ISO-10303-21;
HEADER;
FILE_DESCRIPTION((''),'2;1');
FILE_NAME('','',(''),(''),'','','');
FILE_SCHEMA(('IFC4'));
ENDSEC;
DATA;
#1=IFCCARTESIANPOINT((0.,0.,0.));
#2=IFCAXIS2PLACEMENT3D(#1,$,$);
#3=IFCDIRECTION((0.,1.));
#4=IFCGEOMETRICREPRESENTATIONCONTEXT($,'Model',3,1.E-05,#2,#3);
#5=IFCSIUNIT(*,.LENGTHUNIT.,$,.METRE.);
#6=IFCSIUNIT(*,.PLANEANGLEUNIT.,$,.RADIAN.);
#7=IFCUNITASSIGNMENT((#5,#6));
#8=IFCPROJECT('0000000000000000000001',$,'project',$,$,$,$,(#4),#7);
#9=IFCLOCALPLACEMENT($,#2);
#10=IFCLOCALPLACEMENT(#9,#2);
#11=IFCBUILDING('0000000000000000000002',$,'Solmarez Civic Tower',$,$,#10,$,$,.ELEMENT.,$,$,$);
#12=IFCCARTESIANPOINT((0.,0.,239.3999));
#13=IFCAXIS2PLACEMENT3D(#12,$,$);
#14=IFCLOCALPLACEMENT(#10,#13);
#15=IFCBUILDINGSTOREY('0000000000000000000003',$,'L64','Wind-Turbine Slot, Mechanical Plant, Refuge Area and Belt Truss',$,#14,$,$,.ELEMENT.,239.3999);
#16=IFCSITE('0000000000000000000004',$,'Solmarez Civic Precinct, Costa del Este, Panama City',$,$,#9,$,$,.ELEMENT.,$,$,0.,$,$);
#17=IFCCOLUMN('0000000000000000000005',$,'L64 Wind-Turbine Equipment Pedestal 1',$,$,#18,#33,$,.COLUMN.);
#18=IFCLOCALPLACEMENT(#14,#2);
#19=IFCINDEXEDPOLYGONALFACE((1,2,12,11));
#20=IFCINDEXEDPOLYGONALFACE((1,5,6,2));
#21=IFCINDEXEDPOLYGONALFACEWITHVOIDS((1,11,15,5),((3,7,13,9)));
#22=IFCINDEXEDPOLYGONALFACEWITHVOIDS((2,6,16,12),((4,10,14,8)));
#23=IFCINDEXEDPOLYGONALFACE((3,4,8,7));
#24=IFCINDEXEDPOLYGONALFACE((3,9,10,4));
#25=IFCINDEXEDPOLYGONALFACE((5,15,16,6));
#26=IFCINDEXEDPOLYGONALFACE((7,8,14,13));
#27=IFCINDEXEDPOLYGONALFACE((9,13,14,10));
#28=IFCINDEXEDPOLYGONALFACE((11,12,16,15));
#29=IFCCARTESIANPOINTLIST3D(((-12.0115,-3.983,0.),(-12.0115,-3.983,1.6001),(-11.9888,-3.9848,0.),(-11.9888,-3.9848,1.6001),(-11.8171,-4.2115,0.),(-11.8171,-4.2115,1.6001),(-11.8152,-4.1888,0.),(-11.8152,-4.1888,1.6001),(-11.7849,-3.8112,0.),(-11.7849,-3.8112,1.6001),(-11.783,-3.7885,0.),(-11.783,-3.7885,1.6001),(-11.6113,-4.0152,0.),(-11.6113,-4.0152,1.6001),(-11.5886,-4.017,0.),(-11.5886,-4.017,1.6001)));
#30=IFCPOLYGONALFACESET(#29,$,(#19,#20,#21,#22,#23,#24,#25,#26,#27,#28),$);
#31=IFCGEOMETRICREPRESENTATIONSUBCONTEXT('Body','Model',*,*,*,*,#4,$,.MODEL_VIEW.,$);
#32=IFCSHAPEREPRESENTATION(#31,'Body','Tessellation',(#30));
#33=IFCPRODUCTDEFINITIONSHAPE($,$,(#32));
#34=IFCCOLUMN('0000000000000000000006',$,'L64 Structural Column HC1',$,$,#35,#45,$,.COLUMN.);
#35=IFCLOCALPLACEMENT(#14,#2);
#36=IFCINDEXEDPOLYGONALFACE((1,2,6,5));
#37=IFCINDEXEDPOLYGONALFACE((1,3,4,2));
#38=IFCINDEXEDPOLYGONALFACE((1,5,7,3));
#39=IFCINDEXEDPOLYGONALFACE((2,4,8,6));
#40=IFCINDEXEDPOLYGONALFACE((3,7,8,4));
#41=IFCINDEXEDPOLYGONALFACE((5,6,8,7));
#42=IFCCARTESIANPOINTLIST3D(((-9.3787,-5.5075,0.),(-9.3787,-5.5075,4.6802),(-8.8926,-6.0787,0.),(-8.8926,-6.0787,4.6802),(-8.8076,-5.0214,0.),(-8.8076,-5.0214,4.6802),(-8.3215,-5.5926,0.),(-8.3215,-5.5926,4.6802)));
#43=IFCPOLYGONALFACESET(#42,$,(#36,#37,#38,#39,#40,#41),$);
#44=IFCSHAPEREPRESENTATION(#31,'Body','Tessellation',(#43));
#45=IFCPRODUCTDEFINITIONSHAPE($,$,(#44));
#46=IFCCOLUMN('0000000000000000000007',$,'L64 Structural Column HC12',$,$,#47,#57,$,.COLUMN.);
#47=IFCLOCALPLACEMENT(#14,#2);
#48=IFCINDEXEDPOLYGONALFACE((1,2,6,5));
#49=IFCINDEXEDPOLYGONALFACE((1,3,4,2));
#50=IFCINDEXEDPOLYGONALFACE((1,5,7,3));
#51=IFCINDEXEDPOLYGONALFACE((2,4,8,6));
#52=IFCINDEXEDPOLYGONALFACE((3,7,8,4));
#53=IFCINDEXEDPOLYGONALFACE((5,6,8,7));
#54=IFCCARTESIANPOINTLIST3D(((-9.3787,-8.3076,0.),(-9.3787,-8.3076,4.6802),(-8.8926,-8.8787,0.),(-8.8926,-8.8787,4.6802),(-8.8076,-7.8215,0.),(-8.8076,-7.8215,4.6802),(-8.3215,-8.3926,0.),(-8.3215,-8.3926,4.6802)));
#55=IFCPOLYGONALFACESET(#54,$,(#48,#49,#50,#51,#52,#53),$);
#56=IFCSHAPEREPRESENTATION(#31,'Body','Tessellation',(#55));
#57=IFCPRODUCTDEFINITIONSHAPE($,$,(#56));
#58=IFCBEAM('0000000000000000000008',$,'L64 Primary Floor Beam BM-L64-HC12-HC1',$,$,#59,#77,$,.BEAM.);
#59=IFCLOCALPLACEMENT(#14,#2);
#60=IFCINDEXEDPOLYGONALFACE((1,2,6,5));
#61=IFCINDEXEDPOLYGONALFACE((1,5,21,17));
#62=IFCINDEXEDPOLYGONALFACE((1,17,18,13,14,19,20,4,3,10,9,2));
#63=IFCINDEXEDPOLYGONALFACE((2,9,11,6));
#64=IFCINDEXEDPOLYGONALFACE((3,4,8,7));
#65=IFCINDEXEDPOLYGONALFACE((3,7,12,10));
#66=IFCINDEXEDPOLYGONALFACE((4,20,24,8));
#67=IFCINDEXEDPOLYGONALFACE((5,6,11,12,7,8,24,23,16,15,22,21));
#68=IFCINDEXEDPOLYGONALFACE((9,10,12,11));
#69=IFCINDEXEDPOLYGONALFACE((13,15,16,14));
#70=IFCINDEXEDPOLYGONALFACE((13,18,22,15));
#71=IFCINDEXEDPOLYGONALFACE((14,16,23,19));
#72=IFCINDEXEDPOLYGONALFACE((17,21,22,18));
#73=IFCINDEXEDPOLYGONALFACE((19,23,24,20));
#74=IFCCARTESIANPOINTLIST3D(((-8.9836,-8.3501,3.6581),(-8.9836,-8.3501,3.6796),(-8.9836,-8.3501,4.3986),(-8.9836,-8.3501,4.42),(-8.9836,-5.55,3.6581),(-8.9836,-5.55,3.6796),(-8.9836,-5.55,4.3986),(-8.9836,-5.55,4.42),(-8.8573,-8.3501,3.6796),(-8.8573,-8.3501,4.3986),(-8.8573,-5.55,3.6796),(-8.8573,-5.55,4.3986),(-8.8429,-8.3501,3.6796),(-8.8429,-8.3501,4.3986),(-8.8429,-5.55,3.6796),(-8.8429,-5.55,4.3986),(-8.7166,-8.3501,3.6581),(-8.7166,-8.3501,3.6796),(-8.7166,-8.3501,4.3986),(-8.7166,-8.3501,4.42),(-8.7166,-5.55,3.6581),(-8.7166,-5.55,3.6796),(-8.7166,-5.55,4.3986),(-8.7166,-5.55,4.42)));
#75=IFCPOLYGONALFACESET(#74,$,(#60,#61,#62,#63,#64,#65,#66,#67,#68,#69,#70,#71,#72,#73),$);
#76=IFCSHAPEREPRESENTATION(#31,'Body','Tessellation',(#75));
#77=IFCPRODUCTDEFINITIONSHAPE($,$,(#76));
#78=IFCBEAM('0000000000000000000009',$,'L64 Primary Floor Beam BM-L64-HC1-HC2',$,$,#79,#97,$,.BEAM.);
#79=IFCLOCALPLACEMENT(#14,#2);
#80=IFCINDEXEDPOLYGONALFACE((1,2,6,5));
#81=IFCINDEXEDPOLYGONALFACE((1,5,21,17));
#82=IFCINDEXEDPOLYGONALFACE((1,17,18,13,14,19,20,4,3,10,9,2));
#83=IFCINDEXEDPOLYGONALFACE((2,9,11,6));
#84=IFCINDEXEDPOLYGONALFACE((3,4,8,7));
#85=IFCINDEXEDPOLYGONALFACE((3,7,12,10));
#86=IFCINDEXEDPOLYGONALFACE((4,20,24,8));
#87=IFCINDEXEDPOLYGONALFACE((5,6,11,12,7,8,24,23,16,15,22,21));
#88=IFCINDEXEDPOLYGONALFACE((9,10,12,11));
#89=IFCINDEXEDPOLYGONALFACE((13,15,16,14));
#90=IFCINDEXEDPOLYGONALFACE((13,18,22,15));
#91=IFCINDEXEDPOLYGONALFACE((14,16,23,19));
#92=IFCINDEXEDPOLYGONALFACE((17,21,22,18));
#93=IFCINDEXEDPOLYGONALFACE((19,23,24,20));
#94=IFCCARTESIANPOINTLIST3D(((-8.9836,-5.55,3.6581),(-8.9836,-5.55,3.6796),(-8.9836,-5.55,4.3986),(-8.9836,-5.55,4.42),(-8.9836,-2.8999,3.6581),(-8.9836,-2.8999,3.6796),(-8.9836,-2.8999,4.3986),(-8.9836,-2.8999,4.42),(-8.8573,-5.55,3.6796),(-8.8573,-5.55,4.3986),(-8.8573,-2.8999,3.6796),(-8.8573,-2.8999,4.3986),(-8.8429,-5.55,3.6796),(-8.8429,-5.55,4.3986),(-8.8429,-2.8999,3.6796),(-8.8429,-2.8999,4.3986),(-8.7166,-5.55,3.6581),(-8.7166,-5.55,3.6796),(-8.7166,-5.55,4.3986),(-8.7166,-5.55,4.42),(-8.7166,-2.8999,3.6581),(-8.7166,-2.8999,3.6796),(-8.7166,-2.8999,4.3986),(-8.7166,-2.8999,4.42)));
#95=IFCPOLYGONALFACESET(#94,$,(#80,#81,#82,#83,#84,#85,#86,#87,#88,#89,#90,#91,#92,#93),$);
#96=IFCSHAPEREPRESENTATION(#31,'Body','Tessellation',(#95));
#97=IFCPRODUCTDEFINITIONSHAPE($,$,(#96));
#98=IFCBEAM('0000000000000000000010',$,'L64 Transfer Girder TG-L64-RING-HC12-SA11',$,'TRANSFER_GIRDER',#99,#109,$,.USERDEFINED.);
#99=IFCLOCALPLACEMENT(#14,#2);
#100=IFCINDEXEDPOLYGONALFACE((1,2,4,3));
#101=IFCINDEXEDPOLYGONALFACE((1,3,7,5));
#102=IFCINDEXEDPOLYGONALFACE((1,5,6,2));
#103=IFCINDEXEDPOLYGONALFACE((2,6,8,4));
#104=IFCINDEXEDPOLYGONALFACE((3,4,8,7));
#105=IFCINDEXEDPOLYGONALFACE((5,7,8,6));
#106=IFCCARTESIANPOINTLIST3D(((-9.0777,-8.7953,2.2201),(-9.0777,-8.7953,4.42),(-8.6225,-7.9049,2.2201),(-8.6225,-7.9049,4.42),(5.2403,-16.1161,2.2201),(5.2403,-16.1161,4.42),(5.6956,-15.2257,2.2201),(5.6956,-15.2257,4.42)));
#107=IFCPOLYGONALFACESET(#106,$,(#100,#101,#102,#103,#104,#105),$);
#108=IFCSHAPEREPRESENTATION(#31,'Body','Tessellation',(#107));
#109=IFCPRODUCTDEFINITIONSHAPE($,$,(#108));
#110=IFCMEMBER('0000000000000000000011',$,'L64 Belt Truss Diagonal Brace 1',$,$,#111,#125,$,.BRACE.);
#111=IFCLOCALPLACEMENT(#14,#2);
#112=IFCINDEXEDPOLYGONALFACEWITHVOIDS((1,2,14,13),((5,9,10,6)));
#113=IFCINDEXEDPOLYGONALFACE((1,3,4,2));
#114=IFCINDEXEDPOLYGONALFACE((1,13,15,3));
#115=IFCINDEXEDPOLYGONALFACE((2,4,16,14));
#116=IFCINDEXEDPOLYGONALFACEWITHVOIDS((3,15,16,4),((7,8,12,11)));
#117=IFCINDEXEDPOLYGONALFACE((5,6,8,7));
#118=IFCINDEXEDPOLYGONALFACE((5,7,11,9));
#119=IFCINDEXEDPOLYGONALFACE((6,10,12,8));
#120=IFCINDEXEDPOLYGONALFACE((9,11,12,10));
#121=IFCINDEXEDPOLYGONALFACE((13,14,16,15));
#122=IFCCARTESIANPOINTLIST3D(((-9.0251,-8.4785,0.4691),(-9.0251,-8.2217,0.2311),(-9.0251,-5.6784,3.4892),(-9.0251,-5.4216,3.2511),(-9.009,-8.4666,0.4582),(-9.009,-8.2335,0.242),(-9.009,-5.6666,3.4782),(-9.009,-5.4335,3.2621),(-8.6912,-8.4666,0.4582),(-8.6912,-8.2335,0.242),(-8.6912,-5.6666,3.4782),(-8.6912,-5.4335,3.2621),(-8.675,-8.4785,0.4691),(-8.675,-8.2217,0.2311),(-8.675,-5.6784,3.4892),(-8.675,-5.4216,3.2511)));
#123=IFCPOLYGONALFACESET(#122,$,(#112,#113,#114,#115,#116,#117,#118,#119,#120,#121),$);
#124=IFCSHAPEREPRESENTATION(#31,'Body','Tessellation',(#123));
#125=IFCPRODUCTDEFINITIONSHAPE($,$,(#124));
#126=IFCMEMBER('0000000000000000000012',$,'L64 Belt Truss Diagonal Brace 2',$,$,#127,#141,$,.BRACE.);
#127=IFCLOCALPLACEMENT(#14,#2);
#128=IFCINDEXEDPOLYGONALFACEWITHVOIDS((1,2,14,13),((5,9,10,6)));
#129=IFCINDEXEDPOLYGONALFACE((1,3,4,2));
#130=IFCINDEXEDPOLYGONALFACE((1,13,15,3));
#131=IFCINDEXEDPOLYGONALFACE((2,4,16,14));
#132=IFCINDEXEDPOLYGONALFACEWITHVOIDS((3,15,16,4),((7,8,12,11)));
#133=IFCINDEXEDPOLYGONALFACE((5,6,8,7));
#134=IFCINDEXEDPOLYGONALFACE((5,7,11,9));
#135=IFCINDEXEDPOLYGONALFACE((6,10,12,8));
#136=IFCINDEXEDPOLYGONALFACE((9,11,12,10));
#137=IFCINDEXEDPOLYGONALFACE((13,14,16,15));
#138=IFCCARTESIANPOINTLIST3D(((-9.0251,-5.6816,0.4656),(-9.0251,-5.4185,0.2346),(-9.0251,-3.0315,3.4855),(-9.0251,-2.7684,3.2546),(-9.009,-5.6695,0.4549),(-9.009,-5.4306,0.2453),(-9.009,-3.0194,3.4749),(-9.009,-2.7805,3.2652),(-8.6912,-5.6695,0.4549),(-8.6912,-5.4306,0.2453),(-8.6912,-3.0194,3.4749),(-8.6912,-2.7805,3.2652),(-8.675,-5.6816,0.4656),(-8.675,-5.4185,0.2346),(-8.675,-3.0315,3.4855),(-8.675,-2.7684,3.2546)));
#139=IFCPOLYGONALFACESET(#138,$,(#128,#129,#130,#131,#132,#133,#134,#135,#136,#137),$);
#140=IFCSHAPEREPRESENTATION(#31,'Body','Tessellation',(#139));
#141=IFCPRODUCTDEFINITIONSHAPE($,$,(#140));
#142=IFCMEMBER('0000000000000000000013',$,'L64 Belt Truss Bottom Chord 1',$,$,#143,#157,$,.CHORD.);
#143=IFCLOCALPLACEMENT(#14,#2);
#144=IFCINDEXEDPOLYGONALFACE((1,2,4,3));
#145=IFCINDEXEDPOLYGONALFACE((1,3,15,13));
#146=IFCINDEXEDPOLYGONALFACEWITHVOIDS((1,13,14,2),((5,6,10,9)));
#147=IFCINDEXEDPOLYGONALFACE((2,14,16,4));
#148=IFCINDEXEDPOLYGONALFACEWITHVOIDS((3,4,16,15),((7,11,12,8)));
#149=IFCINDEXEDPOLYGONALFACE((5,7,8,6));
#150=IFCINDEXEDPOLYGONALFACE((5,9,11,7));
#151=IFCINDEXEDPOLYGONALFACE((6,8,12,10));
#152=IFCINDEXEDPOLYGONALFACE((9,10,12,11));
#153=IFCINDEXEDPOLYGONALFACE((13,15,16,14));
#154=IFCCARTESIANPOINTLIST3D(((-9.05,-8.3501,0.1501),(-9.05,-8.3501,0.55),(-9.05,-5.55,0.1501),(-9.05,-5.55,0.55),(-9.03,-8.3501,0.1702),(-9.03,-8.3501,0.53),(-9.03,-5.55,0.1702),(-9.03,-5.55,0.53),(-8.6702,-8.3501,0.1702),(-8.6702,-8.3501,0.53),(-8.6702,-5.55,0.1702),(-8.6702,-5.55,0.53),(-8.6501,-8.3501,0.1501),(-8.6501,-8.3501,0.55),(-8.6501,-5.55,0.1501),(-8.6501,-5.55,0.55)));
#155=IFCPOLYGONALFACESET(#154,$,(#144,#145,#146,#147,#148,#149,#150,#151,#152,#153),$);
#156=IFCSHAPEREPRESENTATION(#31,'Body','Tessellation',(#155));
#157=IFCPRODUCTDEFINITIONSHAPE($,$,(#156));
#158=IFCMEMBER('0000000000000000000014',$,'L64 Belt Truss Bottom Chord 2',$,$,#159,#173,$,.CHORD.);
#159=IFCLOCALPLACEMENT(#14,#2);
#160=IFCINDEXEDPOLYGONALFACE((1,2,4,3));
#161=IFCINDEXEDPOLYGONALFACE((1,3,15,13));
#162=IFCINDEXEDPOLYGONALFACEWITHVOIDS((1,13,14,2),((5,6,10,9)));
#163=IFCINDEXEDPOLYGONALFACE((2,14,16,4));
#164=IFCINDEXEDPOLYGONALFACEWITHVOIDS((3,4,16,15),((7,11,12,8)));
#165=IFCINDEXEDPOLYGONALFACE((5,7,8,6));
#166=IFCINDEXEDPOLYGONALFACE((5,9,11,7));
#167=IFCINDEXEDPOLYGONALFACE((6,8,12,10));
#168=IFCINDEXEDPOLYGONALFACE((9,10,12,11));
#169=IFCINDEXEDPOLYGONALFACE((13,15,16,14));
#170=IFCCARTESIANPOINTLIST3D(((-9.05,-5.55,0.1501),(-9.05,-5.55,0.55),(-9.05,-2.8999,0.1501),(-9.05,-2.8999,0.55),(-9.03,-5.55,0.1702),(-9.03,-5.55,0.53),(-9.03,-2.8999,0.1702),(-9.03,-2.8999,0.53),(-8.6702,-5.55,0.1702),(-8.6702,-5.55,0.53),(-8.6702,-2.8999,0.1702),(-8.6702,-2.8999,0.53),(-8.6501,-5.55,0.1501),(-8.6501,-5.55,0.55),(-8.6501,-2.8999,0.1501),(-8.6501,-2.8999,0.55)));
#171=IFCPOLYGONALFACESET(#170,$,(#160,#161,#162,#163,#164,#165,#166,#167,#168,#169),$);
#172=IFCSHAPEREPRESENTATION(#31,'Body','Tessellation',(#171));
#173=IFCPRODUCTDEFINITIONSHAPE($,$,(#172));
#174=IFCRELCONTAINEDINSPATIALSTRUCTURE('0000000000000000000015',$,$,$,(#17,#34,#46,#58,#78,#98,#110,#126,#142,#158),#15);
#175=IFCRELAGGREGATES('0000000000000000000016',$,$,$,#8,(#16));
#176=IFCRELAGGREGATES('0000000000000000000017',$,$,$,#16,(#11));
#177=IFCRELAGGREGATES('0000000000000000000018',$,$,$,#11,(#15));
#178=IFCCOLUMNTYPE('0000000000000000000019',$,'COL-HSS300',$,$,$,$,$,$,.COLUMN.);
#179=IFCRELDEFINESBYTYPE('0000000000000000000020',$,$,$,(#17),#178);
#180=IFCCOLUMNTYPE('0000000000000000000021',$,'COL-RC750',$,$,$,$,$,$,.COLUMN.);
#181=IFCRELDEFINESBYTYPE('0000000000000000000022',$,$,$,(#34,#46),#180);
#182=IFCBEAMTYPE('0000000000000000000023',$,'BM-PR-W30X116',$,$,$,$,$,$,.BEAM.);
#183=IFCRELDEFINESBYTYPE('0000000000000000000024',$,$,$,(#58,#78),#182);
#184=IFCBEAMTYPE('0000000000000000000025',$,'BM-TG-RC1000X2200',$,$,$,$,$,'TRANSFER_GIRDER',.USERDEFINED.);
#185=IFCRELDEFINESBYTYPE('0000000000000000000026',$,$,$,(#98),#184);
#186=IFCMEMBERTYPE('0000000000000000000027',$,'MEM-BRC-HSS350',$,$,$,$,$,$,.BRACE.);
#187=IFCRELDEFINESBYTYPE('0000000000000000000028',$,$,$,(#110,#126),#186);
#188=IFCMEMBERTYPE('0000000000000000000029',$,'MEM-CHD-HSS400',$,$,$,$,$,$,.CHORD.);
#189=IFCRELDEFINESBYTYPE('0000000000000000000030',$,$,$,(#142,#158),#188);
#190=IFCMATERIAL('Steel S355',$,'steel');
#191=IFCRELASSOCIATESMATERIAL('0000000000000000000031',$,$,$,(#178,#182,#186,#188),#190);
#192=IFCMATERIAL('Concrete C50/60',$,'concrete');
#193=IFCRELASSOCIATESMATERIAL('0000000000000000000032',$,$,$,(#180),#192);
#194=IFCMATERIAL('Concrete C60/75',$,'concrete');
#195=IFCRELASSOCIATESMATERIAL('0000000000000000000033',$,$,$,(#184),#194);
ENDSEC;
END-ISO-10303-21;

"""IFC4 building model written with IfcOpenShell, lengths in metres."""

from ifc_helpers import new_model, si_unit, direction, frame, origin, origin_2d, place, context, subcontext, project, spatial, rectangle, hollow_rectangle, i_section, extrude, material, material_profile, profile_set, type_object, element, save


model = new_model("IFC4")

# Units and contexts
model_context = context("Model", 3, precision=1e-05, world=origin(), true_north=direction((0.0, 1.0)))
body_context = subcontext(model_context, "Body", "Model", "MODEL_VIEW")
ifc_project = project(units=[si_unit("LENGTHUNIT", "METRE"), si_unit("PLANEANGLEUNIT", "RADIAN")], contexts=[model_context])

# Site, building, storey
site_placement = place(None, origin())
site = spatial("IfcSite", under=ifc_project, at=site_placement, Name="Solmarez Civic Precinct, Costa del Este, Panama City", CompositionType="ELEMENT", RefElevation=0.0)
building_placement = place(site_placement, origin())
building = spatial("IfcBuilding", under=site, at=building_placement, Name="Solmarez Civic Tower", CompositionType="ELEMENT")
storey_placement = place(building_placement, frame((0.0, 0.0, 239.3999)))
storey = spatial("IfcBuildingStorey", under=building, at=storey_placement, Name="L64", Description="Wind-Turbine Slot, Mechanical Plant, Refuge Area and Belt Truss", CompositionType="ELEMENT", Elevation=239.3999)

# Columns
ifc_material_1 = material(Name="Steel S355", Category="steel")
ifc_material_profile_1 = material_profile(ifc_material_1, hollow_rectangle(XDim=0.3, YDim=0.3, WallThickness=0.0161, at=origin_2d()), Name="HSS300X300X16")
ifc_profile_set_1 = profile_set([ifc_material_profile_1], Name="Steel S355")
column_type_1 = type_object("IfcColumnType", Name="COL-HSS300", PredefinedType="COLUMN", material=ifc_profile_set_1)
column_placement = place(storey_placement, frame((-11.8, -4.0, 0.0), z_axis=(0.0, 0.0, 1.0), x_axis=(0.761538, 0.64812, 0.0)))
element("IfcColumn", 1, at=column_placement, inside=storey, type_object=column_type_1, Name="L64 Wind-Turbine Equipment Pedestal 1", PredefinedType="COLUMN", context=body_context, shape_type="SweptSolid", body=[
    extrude(hollow_rectangle(XDim=0.3, YDim=0.3, WallThickness=0.0161, at=origin_2d()), origin(), (0.0, 0.0, 1.0), 1.6001),
])
ifc_material_2 = material(Name="Concrete C50/60", Category="concrete")
ifc_material_profile_2 = material_profile(ifc_material_2, rectangle(XDim=0.75, YDim=0.75, at=origin_2d()), Name="RC750X750")
ifc_profile_set_2 = profile_set([ifc_material_profile_2], Name="Concrete C50/60")
column_type_2 = type_object("IfcColumnType", Name="COL-RC750", PredefinedType="COLUMN", material=ifc_profile_set_2)
for number, where, z_axis, x_axis, name in (
    (2, (-8.8501, -5.55, 0.0), (0.0, 0.0, 1.0), (0.761538, 0.64812, 0.0), "L64 Structural Column HC1"),
    (3, (-8.8501, -8.3501, 0.0), (0.0, 0.0, 1.0), (0.761538, 0.64812, 0.0), "L64 Structural Column HC12"),
):
    element("IfcColumn", number, at=place(storey_placement, frame(where, z_axis=z_axis, x_axis=x_axis)), inside=storey, type_object=column_type_2, Name=name, PredefinedType="COLUMN", context=body_context, shape_type="SweptSolid", body=[
        extrude(rectangle(XDim=0.75, YDim=0.75, at=origin_2d()), origin(), (0.0, 0.0, 1.0), 4.6802),
    ])

# Beams
ifc_material_profile_3 = material_profile(ifc_material_1, i_section(OverallWidth=0.2671, OverallDepth=0.762, WebThickness=0.0144, FlangeThickness=0.0215, at=origin_2d()), Name="W30X116")
ifc_profile_set_3 = profile_set([ifc_material_profile_3], Name="Steel S355")
beam_type_1 = type_object("IfcBeamType", Name="BM-PR-W30X116", PredefinedType="BEAM", material=ifc_profile_set_3)
beam_1_placement = place(storey_placement, frame((-8.8501, -8.3501, 4.0391), z_axis=(0.0, 1.0, 0.0), x_axis=(-1.0, 0.0, 0.0)))
element("IfcBeam", 4, at=beam_1_placement, inside=storey, type_object=beam_type_1, Name="L64 Primary Floor Beam BM-L64-HC12-HC1", PredefinedType="BEAM", context=body_context, shape_type="SweptSolid", body=[
    extrude(i_section(OverallWidth=0.2671, OverallDepth=0.762, WebThickness=0.0144, FlangeThickness=0.0215, at=origin_2d()), origin(), (0.0, 0.0, 1.0), 2.8),
])
beam_2_placement = place(storey_placement, frame((-8.8501, -5.55, 4.0391), z_axis=(0.0, 1.0, 0.0), x_axis=(-1.0, 0.0, 0.0)))
element("IfcBeam", 5, at=beam_2_placement, inside=storey, type_object=beam_type_1, Name="L64 Primary Floor Beam BM-L64-HC1-HC2", PredefinedType="BEAM", context=body_context, shape_type="SweptSolid", body=[
    extrude(i_section(OverallWidth=0.2671, OverallDepth=0.762, WebThickness=0.0144, FlangeThickness=0.0215, at=origin_2d()), origin(), (0.0, 0.0, 1.0), 2.6501),
])
ifc_material_3 = material(Name="Concrete C60/75", Category="concrete")
ifc_material_profile_4 = material_profile(ifc_material_3, rectangle(XDim=1.0, YDim=2.2, at=origin_2d()), Name="RC1000X2200")
ifc_profile_set_4 = profile_set([ifc_material_profile_4], Name="Concrete C60/75")
beam_type_2 = type_object("IfcBeamType", Name="BM-TG-RC1000X2200", ElementType="TRANSFER_GIRDER", PredefinedType="USERDEFINED", material=ifc_profile_set_4)
beam_3_placement = place(storey_placement, frame((-8.8501, -8.3501, 3.3201), z_axis=(0.890368, -0.455242, 0.0), x_axis=(0.455242, 0.890368, 0.0)))
element("IfcBeam", 6, at=beam_3_placement, inside=storey, type_object=beam_type_2, Name="L64 Transfer Girder TG-L64-RING-HC12-SA11", ObjectType="TRANSFER_GIRDER", PredefinedType="USERDEFINED", context=body_context, shape_type="SweptSolid", body=[
    extrude(rectangle(XDim=1.0, YDim=2.2, at=origin_2d()), origin(), (0.0, 0.0, 1.0), 16.0811),
])

# Members
ifc_material_profile_5 = material_profile(ifc_material_1, hollow_rectangle(XDim=0.3501, YDim=0.3501, WallThickness=0.0161, at=origin_2d()), Name="HSS350X350X16")
ifc_profile_set_5 = profile_set([ifc_material_profile_5], Name="Steel S355")
member_type_1 = type_object("IfcMemberType", Name="MEM-BRC-HSS350", PredefinedType="BRACE", material=ifc_profile_set_5)
member_1_placement = place(storey_placement, frame((-8.8501, -8.3501, 0.3501), z_axis=(0.0, 0.679896, 0.733308), x_axis=(-1.0, 0.0, 0.0)))
element("IfcMember", 7, at=member_1_placement, inside=storey, type_object=member_type_1, Name="L64 Belt Truss Diagonal Brace 1", PredefinedType="BRACE", context=body_context, shape_type="SweptSolid", body=[
    extrude(hollow_rectangle(XDim=0.3501, YDim=0.3501, WallThickness=0.0161, at=origin_2d()), origin(), (0.0, 0.0, 1.0), 4.1184),
])
member_2_placement = place(storey_placement, frame((-8.8501, -5.55, 0.3501), z_axis=(0.0, 0.659579, 0.751635), x_axis=(-1.0, 0.0, 0.0)))
element("IfcMember", 8, at=member_2_placement, inside=storey, type_object=member_type_1, Name="L64 Belt Truss Diagonal Brace 2", PredefinedType="BRACE", context=body_context, shape_type="SweptSolid", body=[
    extrude(hollow_rectangle(XDim=0.3501, YDim=0.3501, WallThickness=0.0161, at=origin_2d()), origin(), (0.0, 0.0, 1.0), 4.0178),
])
ifc_material_profile_6 = material_profile(ifc_material_1, hollow_rectangle(XDim=0.3999, YDim=0.3999, WallThickness=0.02, at=origin_2d()), Name="HSS400X400X20")
ifc_profile_set_6 = profile_set([ifc_material_profile_6], Name="Steel S355")
member_type_2 = type_object("IfcMemberType", Name="MEM-CHD-HSS400", PredefinedType="CHORD", material=ifc_profile_set_6)
member_3_placement = place(storey_placement, frame((-8.8501, -8.3501, 0.3501), z_axis=(0.0, 1.0, 0.0), x_axis=(-1.0, 0.0, 0.0)))
element("IfcMember", 9, at=member_3_placement, inside=storey, type_object=member_type_2, Name="L64 Belt Truss Bottom Chord 1", PredefinedType="CHORD", context=body_context, shape_type="SweptSolid", body=[
    extrude(hollow_rectangle(XDim=0.3999, YDim=0.3999, WallThickness=0.02, at=origin_2d()), origin(), (0.0, 0.0, 1.0), 2.8),
])
member_4_placement = place(storey_placement, frame((-8.8501, -5.55, 0.3501), z_axis=(0.0, 1.0, 0.0), x_axis=(-1.0, 0.0, 0.0)))
element("IfcMember", 10, at=member_4_placement, inside=storey, type_object=member_type_2, Name="L64 Belt Truss Bottom Chord 2", PredefinedType="CHORD", context=body_context, shape_type="SweptSolid", body=[
    extrude(hollow_rectangle(XDim=0.3999, YDim=0.3999, WallThickness=0.02, at=origin_2d()), origin(), (0.0, 0.0, 1.0), 2.6501),
])

save(model, "model.ifc")
